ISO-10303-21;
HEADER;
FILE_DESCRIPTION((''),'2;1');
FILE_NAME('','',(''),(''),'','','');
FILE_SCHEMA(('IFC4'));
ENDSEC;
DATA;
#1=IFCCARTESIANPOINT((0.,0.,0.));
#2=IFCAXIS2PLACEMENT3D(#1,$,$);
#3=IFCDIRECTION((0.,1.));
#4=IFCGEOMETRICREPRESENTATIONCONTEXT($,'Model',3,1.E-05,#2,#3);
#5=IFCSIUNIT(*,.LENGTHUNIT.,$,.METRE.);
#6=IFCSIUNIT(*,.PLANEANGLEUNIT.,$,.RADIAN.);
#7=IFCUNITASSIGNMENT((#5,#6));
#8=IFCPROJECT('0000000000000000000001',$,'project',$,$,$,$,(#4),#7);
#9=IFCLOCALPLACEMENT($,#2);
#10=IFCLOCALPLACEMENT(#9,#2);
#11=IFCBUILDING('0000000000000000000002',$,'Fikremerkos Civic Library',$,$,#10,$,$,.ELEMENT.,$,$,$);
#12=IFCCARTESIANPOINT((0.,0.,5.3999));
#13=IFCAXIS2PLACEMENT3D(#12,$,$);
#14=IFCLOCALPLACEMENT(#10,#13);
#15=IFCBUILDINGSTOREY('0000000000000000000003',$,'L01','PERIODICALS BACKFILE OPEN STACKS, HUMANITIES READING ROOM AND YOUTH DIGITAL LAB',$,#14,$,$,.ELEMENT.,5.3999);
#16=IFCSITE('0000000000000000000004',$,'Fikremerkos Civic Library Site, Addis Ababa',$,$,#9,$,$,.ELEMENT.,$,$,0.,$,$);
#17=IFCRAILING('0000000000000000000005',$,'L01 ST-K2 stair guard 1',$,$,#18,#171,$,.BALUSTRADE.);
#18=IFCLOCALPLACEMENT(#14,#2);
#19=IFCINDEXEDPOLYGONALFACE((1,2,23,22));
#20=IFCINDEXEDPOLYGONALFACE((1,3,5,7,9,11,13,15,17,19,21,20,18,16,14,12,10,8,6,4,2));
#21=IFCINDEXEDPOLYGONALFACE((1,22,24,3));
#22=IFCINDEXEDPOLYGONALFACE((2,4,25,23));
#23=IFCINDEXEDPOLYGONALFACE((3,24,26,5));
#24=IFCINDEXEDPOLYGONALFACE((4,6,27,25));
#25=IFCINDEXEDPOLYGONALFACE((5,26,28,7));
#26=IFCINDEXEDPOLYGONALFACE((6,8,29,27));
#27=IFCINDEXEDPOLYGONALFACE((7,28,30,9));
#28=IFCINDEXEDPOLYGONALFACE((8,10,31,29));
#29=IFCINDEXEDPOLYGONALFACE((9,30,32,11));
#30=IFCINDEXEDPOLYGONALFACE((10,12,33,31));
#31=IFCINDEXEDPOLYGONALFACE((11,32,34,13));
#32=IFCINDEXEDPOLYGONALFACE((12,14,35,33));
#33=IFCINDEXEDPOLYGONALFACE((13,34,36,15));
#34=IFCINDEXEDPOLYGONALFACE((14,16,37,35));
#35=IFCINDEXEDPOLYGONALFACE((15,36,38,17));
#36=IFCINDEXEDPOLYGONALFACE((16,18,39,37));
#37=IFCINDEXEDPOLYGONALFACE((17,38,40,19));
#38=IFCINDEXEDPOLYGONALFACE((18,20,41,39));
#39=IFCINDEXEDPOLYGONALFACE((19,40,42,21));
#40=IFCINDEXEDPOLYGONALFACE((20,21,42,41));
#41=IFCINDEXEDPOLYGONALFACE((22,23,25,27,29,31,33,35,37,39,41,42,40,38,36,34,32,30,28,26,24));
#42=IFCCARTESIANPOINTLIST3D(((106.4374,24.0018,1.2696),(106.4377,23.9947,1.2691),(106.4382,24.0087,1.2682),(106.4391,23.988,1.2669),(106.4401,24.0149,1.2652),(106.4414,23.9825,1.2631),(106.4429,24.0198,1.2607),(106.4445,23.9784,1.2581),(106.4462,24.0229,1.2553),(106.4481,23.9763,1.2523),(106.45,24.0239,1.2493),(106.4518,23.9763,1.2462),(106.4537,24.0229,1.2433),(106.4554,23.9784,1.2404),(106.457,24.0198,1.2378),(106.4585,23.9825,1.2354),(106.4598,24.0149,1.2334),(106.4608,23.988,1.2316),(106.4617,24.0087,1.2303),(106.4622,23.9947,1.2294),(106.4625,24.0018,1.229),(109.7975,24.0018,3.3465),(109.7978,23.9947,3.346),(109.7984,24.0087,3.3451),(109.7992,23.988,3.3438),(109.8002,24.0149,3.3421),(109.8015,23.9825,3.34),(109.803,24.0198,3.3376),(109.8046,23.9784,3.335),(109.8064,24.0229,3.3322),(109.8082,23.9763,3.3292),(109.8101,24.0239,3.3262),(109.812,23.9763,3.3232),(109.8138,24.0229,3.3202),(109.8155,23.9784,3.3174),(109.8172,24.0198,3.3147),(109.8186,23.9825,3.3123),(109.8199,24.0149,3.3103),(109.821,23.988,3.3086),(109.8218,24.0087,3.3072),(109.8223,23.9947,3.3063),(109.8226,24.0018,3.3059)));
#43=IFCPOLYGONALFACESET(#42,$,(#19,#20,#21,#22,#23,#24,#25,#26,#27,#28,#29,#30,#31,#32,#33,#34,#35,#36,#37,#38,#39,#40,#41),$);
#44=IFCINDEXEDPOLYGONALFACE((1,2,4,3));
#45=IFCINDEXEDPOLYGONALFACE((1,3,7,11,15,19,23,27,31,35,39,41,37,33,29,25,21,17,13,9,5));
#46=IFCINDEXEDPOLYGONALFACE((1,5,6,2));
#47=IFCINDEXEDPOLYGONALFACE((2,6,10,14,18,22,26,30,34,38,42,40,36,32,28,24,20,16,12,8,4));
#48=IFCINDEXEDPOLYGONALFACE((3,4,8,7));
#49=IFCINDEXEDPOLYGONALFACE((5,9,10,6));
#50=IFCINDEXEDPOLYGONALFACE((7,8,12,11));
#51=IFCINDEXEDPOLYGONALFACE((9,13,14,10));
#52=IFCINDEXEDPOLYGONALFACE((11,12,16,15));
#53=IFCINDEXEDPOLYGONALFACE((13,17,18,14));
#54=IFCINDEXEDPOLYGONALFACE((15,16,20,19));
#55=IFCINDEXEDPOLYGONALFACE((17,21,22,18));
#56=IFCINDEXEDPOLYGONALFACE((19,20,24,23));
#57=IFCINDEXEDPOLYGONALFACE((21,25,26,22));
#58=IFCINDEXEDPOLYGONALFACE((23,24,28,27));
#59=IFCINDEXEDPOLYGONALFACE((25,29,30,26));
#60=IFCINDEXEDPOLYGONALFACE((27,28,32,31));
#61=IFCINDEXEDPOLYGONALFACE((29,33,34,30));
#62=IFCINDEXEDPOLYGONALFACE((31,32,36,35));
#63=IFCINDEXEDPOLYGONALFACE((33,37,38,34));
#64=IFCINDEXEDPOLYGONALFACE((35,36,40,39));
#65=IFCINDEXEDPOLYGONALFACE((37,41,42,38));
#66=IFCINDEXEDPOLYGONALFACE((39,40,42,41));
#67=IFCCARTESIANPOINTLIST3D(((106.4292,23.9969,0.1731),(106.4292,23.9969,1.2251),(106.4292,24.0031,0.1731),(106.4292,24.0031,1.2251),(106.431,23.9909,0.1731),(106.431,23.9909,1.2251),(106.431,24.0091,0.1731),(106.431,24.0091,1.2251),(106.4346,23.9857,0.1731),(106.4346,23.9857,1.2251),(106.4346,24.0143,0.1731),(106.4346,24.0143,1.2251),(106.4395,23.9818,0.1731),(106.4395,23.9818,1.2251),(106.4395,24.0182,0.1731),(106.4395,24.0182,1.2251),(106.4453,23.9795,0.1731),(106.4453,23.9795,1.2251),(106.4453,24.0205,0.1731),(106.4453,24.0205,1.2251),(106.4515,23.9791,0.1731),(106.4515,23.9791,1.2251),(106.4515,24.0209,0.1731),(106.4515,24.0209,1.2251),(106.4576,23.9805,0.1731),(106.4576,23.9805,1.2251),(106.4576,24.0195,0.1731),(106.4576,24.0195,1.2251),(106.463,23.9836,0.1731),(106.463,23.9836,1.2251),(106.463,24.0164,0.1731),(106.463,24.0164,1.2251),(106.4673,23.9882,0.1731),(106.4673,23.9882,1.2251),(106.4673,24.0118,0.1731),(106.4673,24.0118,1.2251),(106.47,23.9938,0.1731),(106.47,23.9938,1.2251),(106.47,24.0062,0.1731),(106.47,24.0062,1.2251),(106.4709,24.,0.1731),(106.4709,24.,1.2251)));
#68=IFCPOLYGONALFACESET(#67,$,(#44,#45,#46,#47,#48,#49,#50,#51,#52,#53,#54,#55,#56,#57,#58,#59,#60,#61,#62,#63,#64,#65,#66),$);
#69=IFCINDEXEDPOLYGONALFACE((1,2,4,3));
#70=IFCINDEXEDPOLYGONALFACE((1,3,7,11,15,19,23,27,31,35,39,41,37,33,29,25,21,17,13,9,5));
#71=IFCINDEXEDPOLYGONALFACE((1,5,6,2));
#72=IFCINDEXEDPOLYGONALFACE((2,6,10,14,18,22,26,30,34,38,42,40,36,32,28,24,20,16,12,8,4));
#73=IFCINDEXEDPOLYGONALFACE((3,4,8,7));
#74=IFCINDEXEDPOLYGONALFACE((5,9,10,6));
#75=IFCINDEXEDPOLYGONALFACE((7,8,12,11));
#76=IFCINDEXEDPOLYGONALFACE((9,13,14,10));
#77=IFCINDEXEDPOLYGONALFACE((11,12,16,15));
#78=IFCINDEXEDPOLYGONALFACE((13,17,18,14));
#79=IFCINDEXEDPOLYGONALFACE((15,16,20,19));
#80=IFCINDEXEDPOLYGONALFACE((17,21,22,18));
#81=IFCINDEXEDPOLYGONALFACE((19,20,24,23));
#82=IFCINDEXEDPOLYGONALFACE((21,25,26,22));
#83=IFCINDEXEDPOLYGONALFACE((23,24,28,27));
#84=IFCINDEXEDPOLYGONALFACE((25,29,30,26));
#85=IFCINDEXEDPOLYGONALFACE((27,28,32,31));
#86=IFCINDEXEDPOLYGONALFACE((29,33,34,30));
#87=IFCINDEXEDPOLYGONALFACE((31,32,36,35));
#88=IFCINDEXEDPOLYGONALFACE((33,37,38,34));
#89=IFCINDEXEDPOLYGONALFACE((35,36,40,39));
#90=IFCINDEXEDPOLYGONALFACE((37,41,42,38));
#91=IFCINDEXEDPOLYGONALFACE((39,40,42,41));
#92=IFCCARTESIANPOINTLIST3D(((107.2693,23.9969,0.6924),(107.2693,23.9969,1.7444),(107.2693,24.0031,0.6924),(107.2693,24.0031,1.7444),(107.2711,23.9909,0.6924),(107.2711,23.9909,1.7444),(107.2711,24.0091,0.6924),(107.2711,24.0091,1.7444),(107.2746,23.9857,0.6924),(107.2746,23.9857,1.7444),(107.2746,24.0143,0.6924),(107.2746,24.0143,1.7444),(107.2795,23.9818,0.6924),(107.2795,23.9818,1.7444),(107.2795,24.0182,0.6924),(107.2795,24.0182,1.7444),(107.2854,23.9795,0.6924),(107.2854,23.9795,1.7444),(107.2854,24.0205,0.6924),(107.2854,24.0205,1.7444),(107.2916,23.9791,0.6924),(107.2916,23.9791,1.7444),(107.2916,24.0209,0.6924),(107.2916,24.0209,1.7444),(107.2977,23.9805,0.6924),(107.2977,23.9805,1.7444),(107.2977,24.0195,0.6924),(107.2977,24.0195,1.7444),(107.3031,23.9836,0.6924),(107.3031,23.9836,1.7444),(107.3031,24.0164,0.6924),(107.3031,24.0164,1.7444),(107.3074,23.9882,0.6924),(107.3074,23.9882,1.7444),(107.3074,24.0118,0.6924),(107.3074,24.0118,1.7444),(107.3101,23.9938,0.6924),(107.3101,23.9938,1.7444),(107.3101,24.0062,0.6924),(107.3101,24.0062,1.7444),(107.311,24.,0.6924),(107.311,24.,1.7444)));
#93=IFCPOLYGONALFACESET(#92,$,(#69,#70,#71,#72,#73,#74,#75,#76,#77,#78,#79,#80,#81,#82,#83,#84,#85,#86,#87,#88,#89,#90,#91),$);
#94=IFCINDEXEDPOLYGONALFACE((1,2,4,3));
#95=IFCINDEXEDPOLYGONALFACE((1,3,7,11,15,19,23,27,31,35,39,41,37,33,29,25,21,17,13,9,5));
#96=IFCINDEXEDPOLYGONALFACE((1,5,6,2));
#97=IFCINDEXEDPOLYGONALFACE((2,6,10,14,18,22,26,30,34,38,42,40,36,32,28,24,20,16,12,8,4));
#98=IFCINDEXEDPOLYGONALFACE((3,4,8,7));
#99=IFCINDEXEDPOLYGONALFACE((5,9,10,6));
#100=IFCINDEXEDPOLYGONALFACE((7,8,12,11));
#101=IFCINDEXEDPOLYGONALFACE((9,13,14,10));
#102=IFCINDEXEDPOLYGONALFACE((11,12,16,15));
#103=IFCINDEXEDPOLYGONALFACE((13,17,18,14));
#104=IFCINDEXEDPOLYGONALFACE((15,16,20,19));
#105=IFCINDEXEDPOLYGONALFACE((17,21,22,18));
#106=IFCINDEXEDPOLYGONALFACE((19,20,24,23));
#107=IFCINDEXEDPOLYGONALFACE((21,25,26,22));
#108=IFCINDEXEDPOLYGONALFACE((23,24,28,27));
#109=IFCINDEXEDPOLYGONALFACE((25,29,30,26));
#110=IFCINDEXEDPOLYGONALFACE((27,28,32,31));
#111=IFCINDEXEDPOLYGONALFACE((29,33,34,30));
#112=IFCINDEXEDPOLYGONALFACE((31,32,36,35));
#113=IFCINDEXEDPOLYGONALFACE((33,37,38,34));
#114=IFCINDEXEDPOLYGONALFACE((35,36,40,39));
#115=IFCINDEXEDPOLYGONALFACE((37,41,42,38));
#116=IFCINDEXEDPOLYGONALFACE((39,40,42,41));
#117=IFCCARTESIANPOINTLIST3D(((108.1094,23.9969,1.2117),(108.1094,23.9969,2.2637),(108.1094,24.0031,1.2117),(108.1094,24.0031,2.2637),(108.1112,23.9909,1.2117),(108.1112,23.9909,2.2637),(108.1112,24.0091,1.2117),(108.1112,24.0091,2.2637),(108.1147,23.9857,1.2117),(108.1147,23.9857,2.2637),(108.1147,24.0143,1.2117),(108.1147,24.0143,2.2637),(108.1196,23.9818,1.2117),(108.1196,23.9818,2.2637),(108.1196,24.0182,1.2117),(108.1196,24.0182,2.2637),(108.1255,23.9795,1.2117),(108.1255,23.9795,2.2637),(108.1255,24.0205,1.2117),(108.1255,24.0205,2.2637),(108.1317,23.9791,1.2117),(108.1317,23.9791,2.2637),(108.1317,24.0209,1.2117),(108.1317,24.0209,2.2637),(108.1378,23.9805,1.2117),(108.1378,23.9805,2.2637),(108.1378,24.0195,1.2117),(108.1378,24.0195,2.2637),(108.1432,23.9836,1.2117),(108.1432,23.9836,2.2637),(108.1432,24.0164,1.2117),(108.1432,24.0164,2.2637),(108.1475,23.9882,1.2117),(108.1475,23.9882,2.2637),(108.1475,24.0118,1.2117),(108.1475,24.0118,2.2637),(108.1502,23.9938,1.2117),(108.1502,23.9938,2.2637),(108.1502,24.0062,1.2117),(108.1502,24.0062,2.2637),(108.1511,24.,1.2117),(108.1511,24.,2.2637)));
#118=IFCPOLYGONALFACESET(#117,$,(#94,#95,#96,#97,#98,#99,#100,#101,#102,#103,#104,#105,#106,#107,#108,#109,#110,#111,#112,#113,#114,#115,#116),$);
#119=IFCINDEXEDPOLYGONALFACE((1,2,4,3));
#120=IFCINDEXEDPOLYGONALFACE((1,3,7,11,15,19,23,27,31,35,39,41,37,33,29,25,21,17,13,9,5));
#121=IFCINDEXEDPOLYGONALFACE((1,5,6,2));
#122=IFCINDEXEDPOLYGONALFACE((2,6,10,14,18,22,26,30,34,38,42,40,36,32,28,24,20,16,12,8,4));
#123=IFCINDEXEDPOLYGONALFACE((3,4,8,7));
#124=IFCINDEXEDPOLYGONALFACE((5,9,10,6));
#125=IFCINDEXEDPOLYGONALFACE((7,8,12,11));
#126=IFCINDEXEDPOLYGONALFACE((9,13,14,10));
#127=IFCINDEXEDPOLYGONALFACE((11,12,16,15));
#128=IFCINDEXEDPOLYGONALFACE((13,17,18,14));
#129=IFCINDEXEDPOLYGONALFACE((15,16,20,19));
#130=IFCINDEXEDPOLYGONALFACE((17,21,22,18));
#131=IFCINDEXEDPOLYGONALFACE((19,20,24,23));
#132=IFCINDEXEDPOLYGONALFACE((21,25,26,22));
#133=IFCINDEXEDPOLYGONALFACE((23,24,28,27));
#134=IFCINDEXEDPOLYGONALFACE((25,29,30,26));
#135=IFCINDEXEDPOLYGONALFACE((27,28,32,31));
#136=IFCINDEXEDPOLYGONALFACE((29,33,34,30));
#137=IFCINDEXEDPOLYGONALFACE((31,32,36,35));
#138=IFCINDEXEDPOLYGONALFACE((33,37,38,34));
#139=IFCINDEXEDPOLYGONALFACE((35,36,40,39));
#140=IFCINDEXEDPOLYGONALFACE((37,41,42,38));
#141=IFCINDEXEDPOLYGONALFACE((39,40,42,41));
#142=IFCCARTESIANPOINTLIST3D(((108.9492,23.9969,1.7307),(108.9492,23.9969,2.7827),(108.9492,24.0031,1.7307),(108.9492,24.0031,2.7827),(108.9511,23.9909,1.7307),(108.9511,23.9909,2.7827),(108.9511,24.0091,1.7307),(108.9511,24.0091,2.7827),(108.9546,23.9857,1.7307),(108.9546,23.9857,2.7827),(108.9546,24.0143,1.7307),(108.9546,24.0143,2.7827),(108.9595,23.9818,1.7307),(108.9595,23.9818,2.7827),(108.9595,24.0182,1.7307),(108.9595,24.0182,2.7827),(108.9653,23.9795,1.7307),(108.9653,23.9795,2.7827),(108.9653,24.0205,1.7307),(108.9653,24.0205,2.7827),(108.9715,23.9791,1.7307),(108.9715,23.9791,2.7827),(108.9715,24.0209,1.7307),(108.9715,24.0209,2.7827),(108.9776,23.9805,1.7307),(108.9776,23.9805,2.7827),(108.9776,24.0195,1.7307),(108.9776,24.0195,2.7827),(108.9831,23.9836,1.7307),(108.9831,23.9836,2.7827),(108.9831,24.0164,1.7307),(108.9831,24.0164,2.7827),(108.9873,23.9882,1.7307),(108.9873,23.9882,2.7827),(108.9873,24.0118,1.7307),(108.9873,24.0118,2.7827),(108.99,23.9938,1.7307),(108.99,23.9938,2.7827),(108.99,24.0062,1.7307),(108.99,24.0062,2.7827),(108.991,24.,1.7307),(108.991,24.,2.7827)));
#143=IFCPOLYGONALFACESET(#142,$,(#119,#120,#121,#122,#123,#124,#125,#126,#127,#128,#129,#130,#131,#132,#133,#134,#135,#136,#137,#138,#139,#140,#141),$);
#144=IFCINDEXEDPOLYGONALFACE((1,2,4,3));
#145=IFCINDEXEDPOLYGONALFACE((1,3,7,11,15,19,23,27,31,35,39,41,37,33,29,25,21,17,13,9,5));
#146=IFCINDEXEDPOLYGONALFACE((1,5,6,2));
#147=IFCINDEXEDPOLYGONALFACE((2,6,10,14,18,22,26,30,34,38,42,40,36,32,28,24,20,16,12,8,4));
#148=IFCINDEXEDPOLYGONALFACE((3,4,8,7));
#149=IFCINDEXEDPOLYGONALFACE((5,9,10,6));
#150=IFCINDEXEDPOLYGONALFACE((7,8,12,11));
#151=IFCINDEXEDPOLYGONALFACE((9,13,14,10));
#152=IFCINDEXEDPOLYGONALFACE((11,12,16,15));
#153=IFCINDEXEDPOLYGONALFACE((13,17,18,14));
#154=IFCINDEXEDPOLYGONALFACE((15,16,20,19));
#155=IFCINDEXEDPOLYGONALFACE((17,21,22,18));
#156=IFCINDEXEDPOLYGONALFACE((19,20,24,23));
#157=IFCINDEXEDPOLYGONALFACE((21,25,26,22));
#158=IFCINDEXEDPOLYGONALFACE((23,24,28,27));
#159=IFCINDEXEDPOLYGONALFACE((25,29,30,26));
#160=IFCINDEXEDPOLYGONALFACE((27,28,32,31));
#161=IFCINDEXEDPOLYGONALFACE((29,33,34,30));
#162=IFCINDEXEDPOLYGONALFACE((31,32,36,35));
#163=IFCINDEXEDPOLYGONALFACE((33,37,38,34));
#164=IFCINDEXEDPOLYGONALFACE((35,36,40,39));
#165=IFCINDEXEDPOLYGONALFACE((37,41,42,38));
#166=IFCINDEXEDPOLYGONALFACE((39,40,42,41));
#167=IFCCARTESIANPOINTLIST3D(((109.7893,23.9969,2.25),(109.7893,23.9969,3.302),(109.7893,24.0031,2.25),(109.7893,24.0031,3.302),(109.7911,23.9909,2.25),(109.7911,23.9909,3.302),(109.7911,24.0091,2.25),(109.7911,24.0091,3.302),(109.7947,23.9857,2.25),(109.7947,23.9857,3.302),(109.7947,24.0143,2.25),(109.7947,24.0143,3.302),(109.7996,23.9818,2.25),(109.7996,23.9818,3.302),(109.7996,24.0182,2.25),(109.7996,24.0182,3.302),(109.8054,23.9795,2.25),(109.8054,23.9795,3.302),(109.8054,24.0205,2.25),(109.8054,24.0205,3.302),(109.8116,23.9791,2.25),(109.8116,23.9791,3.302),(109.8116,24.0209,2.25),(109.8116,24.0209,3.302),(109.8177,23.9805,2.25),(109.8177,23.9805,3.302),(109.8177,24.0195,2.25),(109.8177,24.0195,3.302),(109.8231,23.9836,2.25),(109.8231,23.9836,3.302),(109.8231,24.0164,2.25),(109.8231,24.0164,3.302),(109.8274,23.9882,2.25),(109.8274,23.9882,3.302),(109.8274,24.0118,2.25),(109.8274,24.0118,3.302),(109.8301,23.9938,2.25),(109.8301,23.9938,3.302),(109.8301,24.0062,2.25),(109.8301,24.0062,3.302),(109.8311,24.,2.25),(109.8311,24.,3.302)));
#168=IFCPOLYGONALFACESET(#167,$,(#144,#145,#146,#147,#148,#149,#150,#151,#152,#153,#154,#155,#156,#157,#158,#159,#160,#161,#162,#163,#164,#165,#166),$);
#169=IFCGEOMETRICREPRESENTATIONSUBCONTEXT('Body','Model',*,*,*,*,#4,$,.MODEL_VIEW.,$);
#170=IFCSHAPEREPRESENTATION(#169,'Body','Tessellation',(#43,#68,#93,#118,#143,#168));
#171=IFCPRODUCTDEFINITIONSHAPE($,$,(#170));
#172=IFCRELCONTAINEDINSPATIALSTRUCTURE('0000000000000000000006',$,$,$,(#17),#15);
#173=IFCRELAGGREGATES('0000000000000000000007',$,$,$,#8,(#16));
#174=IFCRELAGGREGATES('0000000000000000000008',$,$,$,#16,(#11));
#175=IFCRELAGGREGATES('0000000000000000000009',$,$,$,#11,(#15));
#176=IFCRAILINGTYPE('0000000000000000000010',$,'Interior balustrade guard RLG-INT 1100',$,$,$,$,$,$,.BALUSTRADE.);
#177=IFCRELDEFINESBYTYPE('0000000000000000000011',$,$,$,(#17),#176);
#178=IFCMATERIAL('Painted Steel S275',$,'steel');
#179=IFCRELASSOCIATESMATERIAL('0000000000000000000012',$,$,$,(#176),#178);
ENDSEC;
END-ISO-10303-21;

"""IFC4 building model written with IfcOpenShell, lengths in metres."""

from ifc_helpers import new_model, si_unit, direction, frame, origin, origin_2d, place, context, subcontext, project, spatial, circle, extrude, material, type_object, element, save


model = new_model("IFC4")

# Units and contexts
model_context = context("Model", 3, precision=1e-05, world=origin(), true_north=direction((0.0, 1.0)))
body_context = subcontext(model_context, "Body", "Model", "MODEL_VIEW")
ifc_project = project(units=[si_unit("LENGTHUNIT", "METRE"), si_unit("PLANEANGLEUNIT", "RADIAN")], contexts=[model_context])

# Site, building, storey
site_placement = place(None, origin())
site = spatial("IfcSite", under=ifc_project, at=site_placement, Name="Fikremerkos Civic Library Site, Addis Ababa", CompositionType="ELEMENT", RefElevation=0.0)
building_placement = place(site_placement, origin())
building = spatial("IfcBuilding", under=site, at=building_placement, Name="Fikremerkos Civic Library", CompositionType="ELEMENT")
storey_placement = place(building_placement, frame((0.0, 0.0, 5.3999)))
storey = spatial("IfcBuildingStorey", under=building, at=storey_placement, Name="L01", Description="PERIODICALS BACKFILE OPEN STACKS, HUMANITIES READING ROOM AND YOUTH DIGITAL LAB", CompositionType="ELEMENT", Elevation=5.3999)

# Railing
ifc_material_1 = material(Name="Painted Steel S275", Category="steel")
railing_type_1 = type_object("IfcRailingType", Name="Interior balustrade guard RLG-INT 1100", PredefinedType="BALUSTRADE", material=ifc_material_1)
railing_1_placement = place(storey_placement, frame((106.45, 24.0, 0.1731)))
element("IfcRailing", 1, at=railing_1_placement, inside=storey, type_object=railing_type_1, Name="L01 ST-K2 stair guard 1", PredefinedType="BALUSTRADE", context=body_context, shape_type="SweptSolid", body=[
    extrude(circle(Radius=0.0239, at=origin_2d()), frame((0.0, 0.0, 1.0762), z_axis=(0.850623, 0.0, 0.525776), x_axis=(0.0, 1.0, 0.0)), (0.0, 0.0, 1.0), 3.9502),
    extrude(circle(Radius=0.021, at=origin_2d()), origin(), (0.0, 0.0, 1.0), 1.052),
    extrude(circle(Radius=0.021, at=origin_2d()), frame((0.8401, 0.0, 0.5193)), (0.0, 0.0, 1.0), 1.052),
    extrude(circle(Radius=0.021, at=origin_2d()), frame((1.6802, 0.0, 1.0386)), (0.0, 0.0, 1.0), 1.052),
    extrude(circle(Radius=0.021, at=origin_2d()), frame((2.52, 0.0, 1.5576)), (0.0, 0.0, 1.0), 1.052),
    extrude(circle(Radius=0.021, at=origin_2d()), frame((3.3601, 0.0, 2.0769)), (0.0, 0.0, 1.0), 1.052),
])

save(model, "model.ifc")
